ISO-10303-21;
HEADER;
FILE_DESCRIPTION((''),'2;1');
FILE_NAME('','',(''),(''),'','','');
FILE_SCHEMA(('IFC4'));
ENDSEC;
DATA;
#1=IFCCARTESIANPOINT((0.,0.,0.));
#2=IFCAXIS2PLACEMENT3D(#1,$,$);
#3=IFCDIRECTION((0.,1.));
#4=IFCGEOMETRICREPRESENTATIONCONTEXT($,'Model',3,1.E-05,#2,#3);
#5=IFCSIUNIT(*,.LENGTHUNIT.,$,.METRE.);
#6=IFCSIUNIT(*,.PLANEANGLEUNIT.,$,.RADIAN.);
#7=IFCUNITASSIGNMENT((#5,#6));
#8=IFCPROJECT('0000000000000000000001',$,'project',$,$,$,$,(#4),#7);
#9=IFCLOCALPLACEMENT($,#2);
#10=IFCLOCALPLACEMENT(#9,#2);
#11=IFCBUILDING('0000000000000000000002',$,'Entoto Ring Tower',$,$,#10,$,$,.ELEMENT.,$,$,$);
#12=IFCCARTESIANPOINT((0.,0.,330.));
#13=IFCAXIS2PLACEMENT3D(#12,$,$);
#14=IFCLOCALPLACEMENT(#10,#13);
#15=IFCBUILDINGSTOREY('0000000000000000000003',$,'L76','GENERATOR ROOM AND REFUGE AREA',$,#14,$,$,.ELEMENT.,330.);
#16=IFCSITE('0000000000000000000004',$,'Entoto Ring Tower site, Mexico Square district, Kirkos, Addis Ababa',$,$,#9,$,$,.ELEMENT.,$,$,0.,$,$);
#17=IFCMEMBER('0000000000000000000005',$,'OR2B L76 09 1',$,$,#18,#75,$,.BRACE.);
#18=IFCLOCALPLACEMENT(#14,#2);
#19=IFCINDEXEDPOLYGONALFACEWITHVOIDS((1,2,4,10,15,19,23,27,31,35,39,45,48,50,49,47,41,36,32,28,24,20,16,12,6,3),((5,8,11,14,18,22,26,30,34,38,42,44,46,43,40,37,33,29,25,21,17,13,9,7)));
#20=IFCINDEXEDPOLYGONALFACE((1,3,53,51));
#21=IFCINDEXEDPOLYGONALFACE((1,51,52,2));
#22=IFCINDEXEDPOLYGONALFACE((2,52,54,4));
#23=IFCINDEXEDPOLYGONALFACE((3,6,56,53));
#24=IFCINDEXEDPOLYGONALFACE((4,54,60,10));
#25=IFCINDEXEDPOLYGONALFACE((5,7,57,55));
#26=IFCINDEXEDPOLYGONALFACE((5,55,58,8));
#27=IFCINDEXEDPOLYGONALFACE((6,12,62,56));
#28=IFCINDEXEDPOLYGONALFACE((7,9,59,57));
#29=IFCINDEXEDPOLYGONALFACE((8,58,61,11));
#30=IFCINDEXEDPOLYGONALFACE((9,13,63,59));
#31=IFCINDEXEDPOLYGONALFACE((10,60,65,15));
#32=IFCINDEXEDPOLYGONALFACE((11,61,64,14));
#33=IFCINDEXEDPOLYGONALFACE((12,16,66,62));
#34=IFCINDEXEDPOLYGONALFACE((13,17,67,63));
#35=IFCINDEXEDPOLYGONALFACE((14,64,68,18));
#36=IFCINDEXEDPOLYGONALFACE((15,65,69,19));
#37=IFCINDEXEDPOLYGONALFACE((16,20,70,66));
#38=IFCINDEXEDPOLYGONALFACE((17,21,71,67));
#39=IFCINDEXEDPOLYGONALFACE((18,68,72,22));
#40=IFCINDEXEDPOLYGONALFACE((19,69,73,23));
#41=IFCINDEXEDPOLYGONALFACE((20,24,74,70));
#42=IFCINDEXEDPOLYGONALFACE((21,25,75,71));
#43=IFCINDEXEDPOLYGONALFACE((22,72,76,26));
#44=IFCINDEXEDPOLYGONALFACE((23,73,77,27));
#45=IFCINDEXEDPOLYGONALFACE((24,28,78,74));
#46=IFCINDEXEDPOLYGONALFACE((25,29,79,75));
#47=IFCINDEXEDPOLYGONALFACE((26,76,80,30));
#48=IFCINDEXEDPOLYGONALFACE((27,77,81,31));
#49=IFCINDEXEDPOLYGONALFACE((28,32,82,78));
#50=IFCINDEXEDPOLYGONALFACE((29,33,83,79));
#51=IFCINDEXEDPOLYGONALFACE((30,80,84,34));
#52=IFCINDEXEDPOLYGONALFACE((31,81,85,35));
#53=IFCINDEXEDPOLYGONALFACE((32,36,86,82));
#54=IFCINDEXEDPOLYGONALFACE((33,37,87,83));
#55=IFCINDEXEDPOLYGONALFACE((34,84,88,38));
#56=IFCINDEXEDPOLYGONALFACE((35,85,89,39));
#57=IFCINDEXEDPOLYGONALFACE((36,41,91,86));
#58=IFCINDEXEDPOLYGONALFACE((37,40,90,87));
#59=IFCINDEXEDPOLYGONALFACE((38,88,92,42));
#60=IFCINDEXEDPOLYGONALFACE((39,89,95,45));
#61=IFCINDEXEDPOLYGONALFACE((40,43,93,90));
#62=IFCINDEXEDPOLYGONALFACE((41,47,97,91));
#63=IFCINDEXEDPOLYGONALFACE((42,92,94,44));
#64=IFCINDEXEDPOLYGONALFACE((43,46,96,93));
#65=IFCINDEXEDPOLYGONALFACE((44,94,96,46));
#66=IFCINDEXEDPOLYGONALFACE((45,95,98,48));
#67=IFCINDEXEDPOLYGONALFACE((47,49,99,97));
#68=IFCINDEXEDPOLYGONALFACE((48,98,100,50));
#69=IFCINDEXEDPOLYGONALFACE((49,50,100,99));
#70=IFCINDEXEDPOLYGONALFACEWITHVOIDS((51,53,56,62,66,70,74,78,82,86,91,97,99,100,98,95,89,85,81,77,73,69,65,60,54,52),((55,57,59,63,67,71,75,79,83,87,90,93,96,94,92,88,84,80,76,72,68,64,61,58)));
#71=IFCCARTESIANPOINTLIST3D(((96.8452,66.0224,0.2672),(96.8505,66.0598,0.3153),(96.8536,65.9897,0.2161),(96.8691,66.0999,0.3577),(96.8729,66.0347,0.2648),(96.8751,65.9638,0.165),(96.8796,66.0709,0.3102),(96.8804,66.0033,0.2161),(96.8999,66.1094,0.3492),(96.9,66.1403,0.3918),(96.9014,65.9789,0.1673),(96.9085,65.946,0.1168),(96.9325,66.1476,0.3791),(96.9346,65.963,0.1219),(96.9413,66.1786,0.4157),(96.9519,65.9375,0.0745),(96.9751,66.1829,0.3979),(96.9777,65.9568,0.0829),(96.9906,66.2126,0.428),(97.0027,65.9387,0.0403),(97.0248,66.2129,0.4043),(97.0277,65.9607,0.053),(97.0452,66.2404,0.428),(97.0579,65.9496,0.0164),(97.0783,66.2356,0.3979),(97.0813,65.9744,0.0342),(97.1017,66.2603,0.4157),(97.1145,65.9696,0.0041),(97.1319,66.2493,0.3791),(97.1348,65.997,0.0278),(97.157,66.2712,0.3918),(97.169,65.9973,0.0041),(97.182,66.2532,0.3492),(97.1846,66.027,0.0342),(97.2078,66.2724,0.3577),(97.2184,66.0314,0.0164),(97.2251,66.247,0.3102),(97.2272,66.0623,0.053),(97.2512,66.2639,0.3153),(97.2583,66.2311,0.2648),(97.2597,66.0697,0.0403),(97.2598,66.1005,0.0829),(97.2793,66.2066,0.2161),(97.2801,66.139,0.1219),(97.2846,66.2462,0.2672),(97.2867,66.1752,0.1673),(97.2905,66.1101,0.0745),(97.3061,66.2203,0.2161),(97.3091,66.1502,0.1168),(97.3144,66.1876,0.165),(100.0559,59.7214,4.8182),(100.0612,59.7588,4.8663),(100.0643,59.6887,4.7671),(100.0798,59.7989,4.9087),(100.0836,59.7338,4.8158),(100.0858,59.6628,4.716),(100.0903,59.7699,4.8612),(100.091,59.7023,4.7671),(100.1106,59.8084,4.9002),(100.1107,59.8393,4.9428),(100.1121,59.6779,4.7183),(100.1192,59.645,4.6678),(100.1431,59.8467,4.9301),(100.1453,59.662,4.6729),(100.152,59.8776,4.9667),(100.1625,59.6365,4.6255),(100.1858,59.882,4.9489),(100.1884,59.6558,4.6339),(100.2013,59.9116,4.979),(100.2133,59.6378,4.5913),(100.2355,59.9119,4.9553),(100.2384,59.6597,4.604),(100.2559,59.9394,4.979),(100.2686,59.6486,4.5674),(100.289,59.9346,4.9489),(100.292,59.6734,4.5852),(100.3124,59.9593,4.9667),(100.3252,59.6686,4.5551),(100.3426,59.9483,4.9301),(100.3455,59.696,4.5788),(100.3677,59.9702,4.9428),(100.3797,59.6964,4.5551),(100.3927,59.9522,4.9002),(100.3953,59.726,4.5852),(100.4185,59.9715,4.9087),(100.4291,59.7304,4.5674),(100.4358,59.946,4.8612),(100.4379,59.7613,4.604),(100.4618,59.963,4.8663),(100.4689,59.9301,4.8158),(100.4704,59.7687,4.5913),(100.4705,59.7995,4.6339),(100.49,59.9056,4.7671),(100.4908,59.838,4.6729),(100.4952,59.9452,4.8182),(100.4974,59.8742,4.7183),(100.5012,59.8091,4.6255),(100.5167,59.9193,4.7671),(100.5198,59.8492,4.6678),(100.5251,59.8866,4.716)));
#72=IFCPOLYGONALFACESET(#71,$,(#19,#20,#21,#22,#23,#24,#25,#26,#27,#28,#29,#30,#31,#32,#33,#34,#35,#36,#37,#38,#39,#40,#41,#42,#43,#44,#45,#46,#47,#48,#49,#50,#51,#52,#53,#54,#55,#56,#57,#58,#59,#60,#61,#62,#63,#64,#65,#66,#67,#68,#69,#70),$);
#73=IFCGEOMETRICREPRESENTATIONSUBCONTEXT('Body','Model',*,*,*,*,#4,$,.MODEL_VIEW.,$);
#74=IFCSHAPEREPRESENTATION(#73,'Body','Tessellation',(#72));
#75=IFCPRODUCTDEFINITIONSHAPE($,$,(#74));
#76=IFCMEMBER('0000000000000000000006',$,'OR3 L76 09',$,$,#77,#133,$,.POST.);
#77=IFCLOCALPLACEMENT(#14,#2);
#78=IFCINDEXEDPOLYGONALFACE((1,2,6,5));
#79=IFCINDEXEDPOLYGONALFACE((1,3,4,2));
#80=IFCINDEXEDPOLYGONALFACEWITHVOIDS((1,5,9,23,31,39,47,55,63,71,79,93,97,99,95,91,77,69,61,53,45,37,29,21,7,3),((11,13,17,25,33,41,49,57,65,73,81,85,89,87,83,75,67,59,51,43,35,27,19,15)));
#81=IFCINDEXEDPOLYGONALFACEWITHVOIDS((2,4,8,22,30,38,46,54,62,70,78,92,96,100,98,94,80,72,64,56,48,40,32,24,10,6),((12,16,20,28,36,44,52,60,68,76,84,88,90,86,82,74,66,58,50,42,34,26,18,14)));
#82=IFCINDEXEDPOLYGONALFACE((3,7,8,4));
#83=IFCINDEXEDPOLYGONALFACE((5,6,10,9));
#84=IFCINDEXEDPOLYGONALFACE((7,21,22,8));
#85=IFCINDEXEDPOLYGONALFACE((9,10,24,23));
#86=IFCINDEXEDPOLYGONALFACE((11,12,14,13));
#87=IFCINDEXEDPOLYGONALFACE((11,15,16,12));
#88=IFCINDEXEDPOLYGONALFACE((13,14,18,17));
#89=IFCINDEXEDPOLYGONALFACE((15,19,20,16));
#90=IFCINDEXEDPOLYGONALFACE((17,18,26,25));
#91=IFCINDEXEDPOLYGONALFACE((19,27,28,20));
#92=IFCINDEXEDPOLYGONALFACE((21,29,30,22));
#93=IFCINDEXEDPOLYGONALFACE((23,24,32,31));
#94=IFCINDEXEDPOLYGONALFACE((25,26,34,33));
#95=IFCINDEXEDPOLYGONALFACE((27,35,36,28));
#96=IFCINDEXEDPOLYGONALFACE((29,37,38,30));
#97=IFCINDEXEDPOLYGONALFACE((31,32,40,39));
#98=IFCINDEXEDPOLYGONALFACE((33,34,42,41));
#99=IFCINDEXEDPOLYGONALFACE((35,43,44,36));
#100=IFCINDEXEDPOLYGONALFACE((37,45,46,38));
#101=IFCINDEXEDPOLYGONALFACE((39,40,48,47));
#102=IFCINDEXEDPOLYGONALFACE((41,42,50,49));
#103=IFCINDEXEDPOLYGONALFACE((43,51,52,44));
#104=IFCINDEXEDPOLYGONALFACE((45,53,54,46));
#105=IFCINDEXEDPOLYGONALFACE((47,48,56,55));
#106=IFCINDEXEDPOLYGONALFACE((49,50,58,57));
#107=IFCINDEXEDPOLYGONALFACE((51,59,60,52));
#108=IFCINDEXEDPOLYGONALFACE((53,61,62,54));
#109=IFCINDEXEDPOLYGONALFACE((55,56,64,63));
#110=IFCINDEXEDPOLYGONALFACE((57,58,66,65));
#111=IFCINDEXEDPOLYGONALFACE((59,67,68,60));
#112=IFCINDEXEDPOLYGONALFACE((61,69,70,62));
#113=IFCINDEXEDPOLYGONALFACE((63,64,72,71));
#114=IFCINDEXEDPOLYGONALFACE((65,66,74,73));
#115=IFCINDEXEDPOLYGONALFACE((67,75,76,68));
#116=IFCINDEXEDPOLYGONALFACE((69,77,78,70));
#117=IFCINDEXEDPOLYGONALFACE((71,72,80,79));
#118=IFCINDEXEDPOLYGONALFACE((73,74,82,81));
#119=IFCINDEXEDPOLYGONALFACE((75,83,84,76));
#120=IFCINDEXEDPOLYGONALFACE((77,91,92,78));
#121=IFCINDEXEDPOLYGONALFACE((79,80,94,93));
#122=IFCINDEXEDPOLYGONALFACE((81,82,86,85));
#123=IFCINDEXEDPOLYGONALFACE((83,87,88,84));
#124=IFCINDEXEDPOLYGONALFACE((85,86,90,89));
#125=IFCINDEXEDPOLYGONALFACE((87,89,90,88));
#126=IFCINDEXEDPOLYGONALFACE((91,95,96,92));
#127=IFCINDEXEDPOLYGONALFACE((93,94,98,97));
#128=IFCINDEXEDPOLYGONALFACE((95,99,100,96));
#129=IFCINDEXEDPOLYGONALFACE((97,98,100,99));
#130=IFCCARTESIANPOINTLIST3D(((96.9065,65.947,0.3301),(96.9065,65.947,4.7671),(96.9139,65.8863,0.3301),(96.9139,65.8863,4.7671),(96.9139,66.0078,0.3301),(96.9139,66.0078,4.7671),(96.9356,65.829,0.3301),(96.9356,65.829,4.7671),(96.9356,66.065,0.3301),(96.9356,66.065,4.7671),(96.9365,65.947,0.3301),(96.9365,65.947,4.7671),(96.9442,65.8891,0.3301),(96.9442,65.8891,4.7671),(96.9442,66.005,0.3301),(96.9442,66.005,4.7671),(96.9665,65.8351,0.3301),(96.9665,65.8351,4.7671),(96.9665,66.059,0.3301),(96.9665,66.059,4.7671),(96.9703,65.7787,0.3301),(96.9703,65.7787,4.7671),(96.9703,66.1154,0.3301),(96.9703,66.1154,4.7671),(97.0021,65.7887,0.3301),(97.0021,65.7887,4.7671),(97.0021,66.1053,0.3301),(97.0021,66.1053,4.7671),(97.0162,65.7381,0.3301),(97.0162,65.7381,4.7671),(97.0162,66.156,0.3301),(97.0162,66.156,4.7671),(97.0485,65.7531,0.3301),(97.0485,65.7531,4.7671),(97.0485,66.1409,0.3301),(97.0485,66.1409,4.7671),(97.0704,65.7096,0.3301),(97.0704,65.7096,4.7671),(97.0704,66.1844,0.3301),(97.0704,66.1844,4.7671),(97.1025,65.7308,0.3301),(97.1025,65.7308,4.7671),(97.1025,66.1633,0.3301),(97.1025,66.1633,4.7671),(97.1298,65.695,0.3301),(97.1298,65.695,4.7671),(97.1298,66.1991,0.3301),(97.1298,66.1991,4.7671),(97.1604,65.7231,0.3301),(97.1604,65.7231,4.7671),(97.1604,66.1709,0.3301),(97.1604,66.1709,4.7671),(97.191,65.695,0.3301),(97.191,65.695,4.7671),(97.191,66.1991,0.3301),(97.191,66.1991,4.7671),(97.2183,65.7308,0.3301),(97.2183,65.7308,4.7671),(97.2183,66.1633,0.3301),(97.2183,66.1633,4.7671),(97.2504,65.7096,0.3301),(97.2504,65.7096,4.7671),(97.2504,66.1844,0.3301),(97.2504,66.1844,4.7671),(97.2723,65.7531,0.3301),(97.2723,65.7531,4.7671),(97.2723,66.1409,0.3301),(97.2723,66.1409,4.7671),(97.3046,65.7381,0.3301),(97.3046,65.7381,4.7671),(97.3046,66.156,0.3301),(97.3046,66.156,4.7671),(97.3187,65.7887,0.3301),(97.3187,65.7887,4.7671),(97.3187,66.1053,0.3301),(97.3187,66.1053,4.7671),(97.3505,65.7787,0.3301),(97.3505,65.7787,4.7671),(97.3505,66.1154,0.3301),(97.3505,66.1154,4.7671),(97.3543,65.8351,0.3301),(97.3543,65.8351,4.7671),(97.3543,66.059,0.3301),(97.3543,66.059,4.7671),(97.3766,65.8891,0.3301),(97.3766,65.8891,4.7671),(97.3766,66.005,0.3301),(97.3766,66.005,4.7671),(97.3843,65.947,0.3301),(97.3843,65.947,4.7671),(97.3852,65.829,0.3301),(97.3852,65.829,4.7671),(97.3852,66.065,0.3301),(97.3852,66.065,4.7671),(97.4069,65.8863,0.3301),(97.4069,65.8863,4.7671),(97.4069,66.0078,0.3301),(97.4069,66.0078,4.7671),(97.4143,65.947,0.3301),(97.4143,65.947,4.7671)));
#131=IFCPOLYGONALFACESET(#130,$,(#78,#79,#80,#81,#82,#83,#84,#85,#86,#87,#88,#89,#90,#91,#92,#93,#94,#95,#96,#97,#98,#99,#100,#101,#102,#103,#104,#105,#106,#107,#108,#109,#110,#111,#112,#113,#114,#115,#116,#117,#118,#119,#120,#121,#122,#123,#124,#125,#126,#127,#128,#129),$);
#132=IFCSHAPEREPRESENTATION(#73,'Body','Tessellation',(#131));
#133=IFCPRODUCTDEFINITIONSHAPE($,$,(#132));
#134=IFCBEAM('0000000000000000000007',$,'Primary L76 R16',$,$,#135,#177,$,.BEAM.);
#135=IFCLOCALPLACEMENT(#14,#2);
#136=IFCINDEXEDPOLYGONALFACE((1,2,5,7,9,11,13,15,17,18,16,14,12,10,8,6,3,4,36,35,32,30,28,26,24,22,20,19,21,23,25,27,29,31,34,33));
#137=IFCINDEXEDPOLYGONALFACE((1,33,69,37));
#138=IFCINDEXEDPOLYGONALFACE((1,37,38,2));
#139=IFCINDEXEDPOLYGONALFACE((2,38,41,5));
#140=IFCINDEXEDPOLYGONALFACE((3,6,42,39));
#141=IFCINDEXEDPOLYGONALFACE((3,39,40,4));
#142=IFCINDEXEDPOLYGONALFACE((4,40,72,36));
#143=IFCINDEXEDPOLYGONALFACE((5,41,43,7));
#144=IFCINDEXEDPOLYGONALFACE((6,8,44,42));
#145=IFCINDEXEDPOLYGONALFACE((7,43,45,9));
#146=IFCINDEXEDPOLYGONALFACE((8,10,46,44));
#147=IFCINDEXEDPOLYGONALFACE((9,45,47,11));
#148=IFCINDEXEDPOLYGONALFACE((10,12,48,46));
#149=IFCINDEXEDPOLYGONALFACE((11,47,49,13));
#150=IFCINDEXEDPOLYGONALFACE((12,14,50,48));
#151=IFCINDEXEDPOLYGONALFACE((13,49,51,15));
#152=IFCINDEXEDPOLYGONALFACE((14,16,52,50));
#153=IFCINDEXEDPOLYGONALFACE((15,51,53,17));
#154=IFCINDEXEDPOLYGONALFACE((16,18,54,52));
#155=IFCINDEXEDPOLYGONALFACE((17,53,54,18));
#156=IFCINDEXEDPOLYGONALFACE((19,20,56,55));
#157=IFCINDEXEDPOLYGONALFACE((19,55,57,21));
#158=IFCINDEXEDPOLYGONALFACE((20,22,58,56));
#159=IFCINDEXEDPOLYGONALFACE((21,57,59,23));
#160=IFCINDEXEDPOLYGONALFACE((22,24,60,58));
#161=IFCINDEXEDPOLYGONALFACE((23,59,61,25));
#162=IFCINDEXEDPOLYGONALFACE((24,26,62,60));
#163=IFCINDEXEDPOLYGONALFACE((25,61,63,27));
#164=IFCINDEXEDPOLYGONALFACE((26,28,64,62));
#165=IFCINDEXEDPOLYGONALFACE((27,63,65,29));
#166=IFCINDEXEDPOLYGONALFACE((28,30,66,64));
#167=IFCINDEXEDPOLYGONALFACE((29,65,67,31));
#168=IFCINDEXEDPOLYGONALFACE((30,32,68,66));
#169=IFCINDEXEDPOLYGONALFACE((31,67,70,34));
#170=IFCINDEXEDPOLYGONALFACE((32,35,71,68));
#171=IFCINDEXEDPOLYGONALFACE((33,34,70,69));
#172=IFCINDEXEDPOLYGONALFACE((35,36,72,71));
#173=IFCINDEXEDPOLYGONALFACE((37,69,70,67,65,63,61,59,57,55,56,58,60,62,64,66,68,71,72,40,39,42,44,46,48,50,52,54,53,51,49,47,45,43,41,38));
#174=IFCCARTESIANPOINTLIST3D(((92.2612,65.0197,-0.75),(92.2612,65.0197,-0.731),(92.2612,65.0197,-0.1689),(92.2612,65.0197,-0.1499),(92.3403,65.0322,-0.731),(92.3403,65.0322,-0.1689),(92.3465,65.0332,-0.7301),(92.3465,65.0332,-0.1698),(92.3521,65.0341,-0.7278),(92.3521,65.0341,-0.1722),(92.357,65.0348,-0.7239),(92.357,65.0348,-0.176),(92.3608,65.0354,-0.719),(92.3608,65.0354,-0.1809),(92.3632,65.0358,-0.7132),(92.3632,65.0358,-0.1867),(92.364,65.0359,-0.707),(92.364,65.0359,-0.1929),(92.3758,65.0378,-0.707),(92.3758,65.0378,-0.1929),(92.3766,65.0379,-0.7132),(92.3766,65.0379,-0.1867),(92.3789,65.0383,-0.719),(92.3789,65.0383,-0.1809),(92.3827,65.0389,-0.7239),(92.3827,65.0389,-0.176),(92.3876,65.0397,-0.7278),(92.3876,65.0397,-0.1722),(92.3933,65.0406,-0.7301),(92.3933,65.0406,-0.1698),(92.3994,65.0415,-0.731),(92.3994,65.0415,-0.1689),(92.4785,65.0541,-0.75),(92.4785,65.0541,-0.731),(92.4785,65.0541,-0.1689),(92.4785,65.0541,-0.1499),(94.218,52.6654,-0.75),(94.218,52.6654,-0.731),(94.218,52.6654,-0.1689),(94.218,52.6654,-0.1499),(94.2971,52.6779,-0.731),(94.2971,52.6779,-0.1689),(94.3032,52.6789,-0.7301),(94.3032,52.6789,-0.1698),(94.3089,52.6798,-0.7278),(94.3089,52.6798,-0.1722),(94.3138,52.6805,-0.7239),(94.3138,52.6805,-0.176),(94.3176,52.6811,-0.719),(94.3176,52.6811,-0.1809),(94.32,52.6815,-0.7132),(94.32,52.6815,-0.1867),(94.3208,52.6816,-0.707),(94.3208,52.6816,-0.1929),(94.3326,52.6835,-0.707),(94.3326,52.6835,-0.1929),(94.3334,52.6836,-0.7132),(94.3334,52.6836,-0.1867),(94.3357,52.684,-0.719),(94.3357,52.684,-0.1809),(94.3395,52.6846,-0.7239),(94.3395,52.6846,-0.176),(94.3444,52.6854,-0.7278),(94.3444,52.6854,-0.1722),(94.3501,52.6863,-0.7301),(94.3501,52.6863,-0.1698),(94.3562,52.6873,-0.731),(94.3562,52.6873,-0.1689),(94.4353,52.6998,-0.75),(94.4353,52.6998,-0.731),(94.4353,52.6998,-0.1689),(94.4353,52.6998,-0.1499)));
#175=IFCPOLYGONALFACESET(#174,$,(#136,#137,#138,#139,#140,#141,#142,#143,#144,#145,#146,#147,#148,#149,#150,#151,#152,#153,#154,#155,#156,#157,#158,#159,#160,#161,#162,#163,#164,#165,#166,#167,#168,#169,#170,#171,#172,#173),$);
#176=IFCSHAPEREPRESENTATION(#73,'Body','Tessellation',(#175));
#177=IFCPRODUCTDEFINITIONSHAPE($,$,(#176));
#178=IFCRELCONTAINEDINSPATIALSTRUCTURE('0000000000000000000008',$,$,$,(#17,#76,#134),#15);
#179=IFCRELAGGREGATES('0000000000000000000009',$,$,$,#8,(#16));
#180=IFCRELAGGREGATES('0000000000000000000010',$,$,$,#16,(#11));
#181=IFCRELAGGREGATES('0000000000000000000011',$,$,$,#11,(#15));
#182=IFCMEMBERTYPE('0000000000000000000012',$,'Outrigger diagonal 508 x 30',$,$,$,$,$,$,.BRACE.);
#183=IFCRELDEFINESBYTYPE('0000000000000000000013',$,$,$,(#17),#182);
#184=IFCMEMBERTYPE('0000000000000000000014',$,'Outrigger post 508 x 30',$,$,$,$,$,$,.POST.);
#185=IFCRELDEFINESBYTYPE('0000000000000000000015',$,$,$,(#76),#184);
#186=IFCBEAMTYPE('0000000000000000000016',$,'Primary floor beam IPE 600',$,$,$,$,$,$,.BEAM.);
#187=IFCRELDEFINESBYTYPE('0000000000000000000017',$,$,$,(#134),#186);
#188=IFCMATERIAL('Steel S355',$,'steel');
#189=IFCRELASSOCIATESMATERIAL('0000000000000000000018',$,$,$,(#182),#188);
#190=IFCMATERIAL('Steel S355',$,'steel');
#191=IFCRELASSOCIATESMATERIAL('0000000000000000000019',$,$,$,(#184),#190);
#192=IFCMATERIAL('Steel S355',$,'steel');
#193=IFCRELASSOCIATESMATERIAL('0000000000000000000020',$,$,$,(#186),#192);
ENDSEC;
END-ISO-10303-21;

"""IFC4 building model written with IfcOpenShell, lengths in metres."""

from ifc_helpers import new_model, si_unit, direction, frame, origin, origin_2d, place, context, subcontext, project, spatial, circle, hollow_circle, i_section, extrude, material, material_profile, profile_set, type_object, element, save


model = new_model("IFC4")

# Units and contexts
model_context = context("Model", 3, precision=1e-05, world=origin(), true_north=direction((0.0, 1.0)))
body_context = subcontext(model_context, "Body", "Model", "MODEL_VIEW")
ifc_project = project(units=[si_unit("LENGTHUNIT", "METRE"), si_unit("PLANEANGLEUNIT", "RADIAN")], contexts=[model_context])

# Site, building, storey
site_placement = place(None, origin())
site = spatial("IfcSite", under=ifc_project, at=site_placement, Name="Entoto Ring Tower site, Mexico Square district, Kirkos, Addis Ababa", CompositionType="ELEMENT", RefElevation=0.0)
building_placement = place(site_placement, origin())
building = spatial("IfcBuilding", under=site, at=building_placement, Name="Entoto Ring Tower", CompositionType="ELEMENT")
storey_placement = place(building_placement, frame((0.0, 0.0, 330.0)))
storey = spatial("IfcBuildingStorey", under=building, at=storey_placement, Name="L76", Description="GENERATOR ROOM AND REFUGE AREA", CompositionType="ELEMENT", Elevation=330.0)

# Members
ifc_material_1 = material(Name="Steel S355", Category="steel")
ifc_material_profile_1 = material_profile(ifc_material_1, hollow_circle(Radius=0.2539, WallThickness=0.03, at=origin_2d()), Name="CHS 508 x 30")
ifc_material_2 = material(Name="Concrete C60/75", Category="concrete")
ifc_material_profile_2 = material_profile(ifc_material_2, circle(Radius=0.2241, at=origin_2d()), Name="Concrete C60/75 infill")
ifc_profile_set_1 = profile_set([ifc_material_profile_1, ifc_material_profile_2], Name="Steel S355")
member_type_1 = type_object("IfcMemberType", Name="Outrigger diagonal 508 x 30", PredefinedType="BRACE", material=ifc_profile_set_1)
member_1_placement = place(storey_placement, frame((97.0798, 66.105, 0.2161), z_axis=(0.381784, -0.749256, 0.541163), x_axis=(0.890997, 0.454009, 0.0)))
element("IfcMember", 1, at=member_1_placement, inside=storey, type_object=member_type_1, Name="OR2B L76 09 1", PredefinedType="BRACE", context=body_context, shape_type="SweptSolid", body=[
    extrude(hollow_circle(Radius=0.2539, WallThickness=0.03, at=origin_2d()), origin(), (0.0, 0.0, 1.0), 8.4097),
])
ifc_material_3 = material(Name="Steel S355", Category="steel")
ifc_material_profile_3 = material_profile(ifc_material_3, hollow_circle(Radius=0.2539, WallThickness=0.03, at=origin_2d()), Name="CHS 508 x 30")
ifc_material_4 = material(Name="Concrete C60/75", Category="concrete")
ifc_material_profile_4 = material_profile(ifc_material_4, circle(Radius=0.2241, at=origin_2d()), Name="Concrete C60/75 infill")
ifc_profile_set_2 = profile_set([ifc_material_profile_3, ifc_material_profile_4], Name="Steel S355")
member_type_2 = type_object("IfcMemberType", Name="Outrigger post 508 x 30", PredefinedType="POST", material=ifc_profile_set_2)
member_2_placement = place(storey_placement, frame((97.1604, 65.947, 0.3301), z_axis=(0.0, 0.0, 1.0), x_axis=(1.0, 0.0, 0.0)))
element("IfcMember", 2, at=member_2_placement, inside=storey, type_object=member_type_2, Name="OR3 L76 09", PredefinedType="POST", context=body_context, shape_type="SweptSolid", body=[
    extrude(hollow_circle(Radius=0.2539, WallThickness=0.03, at=origin_2d()), origin(), (0.0, 0.0, 1.0), 4.437),
])

# Beam
ifc_material_5 = material(Name="Steel S355", Category="steel")
ifc_material_profile_5 = material_profile(ifc_material_5, i_section(OverallWidth=0.22, OverallDepth=0.6001, WebThickness=0.012, FlangeThickness=0.019, FilletRadius=0.0239, at=origin_2d()), Name="IPE 600")
ifc_profile_set_3 = profile_set([ifc_material_profile_5], Name="Steel S355")
beam_type_1 = type_object("IfcBeamType", Name="Primary floor beam IPE 600", PredefinedType="BEAM", material=ifc_profile_set_3)
beam_1_placement = place(storey_placement, frame((92.3699, 65.0369, -0.45), z_axis=(0.15644, -0.987688, 0.0), x_axis=(0.987688, 0.15644, 0.0)))
element("IfcBeam", 3, at=beam_1_placement, inside=storey, type_object=beam_type_1, Name="Primary L76 R16", PredefinedType="BEAM", context=body_context, shape_type="SweptSolid", body=[
    extrude(i_section(OverallWidth=0.22, OverallDepth=0.6001, WebThickness=0.012, FlangeThickness=0.019, FilletRadius=0.0239, at=origin_2d()), origin(), (0.0, 0.0, 1.0), 12.5083),
])

save(model, "model.ifc")
